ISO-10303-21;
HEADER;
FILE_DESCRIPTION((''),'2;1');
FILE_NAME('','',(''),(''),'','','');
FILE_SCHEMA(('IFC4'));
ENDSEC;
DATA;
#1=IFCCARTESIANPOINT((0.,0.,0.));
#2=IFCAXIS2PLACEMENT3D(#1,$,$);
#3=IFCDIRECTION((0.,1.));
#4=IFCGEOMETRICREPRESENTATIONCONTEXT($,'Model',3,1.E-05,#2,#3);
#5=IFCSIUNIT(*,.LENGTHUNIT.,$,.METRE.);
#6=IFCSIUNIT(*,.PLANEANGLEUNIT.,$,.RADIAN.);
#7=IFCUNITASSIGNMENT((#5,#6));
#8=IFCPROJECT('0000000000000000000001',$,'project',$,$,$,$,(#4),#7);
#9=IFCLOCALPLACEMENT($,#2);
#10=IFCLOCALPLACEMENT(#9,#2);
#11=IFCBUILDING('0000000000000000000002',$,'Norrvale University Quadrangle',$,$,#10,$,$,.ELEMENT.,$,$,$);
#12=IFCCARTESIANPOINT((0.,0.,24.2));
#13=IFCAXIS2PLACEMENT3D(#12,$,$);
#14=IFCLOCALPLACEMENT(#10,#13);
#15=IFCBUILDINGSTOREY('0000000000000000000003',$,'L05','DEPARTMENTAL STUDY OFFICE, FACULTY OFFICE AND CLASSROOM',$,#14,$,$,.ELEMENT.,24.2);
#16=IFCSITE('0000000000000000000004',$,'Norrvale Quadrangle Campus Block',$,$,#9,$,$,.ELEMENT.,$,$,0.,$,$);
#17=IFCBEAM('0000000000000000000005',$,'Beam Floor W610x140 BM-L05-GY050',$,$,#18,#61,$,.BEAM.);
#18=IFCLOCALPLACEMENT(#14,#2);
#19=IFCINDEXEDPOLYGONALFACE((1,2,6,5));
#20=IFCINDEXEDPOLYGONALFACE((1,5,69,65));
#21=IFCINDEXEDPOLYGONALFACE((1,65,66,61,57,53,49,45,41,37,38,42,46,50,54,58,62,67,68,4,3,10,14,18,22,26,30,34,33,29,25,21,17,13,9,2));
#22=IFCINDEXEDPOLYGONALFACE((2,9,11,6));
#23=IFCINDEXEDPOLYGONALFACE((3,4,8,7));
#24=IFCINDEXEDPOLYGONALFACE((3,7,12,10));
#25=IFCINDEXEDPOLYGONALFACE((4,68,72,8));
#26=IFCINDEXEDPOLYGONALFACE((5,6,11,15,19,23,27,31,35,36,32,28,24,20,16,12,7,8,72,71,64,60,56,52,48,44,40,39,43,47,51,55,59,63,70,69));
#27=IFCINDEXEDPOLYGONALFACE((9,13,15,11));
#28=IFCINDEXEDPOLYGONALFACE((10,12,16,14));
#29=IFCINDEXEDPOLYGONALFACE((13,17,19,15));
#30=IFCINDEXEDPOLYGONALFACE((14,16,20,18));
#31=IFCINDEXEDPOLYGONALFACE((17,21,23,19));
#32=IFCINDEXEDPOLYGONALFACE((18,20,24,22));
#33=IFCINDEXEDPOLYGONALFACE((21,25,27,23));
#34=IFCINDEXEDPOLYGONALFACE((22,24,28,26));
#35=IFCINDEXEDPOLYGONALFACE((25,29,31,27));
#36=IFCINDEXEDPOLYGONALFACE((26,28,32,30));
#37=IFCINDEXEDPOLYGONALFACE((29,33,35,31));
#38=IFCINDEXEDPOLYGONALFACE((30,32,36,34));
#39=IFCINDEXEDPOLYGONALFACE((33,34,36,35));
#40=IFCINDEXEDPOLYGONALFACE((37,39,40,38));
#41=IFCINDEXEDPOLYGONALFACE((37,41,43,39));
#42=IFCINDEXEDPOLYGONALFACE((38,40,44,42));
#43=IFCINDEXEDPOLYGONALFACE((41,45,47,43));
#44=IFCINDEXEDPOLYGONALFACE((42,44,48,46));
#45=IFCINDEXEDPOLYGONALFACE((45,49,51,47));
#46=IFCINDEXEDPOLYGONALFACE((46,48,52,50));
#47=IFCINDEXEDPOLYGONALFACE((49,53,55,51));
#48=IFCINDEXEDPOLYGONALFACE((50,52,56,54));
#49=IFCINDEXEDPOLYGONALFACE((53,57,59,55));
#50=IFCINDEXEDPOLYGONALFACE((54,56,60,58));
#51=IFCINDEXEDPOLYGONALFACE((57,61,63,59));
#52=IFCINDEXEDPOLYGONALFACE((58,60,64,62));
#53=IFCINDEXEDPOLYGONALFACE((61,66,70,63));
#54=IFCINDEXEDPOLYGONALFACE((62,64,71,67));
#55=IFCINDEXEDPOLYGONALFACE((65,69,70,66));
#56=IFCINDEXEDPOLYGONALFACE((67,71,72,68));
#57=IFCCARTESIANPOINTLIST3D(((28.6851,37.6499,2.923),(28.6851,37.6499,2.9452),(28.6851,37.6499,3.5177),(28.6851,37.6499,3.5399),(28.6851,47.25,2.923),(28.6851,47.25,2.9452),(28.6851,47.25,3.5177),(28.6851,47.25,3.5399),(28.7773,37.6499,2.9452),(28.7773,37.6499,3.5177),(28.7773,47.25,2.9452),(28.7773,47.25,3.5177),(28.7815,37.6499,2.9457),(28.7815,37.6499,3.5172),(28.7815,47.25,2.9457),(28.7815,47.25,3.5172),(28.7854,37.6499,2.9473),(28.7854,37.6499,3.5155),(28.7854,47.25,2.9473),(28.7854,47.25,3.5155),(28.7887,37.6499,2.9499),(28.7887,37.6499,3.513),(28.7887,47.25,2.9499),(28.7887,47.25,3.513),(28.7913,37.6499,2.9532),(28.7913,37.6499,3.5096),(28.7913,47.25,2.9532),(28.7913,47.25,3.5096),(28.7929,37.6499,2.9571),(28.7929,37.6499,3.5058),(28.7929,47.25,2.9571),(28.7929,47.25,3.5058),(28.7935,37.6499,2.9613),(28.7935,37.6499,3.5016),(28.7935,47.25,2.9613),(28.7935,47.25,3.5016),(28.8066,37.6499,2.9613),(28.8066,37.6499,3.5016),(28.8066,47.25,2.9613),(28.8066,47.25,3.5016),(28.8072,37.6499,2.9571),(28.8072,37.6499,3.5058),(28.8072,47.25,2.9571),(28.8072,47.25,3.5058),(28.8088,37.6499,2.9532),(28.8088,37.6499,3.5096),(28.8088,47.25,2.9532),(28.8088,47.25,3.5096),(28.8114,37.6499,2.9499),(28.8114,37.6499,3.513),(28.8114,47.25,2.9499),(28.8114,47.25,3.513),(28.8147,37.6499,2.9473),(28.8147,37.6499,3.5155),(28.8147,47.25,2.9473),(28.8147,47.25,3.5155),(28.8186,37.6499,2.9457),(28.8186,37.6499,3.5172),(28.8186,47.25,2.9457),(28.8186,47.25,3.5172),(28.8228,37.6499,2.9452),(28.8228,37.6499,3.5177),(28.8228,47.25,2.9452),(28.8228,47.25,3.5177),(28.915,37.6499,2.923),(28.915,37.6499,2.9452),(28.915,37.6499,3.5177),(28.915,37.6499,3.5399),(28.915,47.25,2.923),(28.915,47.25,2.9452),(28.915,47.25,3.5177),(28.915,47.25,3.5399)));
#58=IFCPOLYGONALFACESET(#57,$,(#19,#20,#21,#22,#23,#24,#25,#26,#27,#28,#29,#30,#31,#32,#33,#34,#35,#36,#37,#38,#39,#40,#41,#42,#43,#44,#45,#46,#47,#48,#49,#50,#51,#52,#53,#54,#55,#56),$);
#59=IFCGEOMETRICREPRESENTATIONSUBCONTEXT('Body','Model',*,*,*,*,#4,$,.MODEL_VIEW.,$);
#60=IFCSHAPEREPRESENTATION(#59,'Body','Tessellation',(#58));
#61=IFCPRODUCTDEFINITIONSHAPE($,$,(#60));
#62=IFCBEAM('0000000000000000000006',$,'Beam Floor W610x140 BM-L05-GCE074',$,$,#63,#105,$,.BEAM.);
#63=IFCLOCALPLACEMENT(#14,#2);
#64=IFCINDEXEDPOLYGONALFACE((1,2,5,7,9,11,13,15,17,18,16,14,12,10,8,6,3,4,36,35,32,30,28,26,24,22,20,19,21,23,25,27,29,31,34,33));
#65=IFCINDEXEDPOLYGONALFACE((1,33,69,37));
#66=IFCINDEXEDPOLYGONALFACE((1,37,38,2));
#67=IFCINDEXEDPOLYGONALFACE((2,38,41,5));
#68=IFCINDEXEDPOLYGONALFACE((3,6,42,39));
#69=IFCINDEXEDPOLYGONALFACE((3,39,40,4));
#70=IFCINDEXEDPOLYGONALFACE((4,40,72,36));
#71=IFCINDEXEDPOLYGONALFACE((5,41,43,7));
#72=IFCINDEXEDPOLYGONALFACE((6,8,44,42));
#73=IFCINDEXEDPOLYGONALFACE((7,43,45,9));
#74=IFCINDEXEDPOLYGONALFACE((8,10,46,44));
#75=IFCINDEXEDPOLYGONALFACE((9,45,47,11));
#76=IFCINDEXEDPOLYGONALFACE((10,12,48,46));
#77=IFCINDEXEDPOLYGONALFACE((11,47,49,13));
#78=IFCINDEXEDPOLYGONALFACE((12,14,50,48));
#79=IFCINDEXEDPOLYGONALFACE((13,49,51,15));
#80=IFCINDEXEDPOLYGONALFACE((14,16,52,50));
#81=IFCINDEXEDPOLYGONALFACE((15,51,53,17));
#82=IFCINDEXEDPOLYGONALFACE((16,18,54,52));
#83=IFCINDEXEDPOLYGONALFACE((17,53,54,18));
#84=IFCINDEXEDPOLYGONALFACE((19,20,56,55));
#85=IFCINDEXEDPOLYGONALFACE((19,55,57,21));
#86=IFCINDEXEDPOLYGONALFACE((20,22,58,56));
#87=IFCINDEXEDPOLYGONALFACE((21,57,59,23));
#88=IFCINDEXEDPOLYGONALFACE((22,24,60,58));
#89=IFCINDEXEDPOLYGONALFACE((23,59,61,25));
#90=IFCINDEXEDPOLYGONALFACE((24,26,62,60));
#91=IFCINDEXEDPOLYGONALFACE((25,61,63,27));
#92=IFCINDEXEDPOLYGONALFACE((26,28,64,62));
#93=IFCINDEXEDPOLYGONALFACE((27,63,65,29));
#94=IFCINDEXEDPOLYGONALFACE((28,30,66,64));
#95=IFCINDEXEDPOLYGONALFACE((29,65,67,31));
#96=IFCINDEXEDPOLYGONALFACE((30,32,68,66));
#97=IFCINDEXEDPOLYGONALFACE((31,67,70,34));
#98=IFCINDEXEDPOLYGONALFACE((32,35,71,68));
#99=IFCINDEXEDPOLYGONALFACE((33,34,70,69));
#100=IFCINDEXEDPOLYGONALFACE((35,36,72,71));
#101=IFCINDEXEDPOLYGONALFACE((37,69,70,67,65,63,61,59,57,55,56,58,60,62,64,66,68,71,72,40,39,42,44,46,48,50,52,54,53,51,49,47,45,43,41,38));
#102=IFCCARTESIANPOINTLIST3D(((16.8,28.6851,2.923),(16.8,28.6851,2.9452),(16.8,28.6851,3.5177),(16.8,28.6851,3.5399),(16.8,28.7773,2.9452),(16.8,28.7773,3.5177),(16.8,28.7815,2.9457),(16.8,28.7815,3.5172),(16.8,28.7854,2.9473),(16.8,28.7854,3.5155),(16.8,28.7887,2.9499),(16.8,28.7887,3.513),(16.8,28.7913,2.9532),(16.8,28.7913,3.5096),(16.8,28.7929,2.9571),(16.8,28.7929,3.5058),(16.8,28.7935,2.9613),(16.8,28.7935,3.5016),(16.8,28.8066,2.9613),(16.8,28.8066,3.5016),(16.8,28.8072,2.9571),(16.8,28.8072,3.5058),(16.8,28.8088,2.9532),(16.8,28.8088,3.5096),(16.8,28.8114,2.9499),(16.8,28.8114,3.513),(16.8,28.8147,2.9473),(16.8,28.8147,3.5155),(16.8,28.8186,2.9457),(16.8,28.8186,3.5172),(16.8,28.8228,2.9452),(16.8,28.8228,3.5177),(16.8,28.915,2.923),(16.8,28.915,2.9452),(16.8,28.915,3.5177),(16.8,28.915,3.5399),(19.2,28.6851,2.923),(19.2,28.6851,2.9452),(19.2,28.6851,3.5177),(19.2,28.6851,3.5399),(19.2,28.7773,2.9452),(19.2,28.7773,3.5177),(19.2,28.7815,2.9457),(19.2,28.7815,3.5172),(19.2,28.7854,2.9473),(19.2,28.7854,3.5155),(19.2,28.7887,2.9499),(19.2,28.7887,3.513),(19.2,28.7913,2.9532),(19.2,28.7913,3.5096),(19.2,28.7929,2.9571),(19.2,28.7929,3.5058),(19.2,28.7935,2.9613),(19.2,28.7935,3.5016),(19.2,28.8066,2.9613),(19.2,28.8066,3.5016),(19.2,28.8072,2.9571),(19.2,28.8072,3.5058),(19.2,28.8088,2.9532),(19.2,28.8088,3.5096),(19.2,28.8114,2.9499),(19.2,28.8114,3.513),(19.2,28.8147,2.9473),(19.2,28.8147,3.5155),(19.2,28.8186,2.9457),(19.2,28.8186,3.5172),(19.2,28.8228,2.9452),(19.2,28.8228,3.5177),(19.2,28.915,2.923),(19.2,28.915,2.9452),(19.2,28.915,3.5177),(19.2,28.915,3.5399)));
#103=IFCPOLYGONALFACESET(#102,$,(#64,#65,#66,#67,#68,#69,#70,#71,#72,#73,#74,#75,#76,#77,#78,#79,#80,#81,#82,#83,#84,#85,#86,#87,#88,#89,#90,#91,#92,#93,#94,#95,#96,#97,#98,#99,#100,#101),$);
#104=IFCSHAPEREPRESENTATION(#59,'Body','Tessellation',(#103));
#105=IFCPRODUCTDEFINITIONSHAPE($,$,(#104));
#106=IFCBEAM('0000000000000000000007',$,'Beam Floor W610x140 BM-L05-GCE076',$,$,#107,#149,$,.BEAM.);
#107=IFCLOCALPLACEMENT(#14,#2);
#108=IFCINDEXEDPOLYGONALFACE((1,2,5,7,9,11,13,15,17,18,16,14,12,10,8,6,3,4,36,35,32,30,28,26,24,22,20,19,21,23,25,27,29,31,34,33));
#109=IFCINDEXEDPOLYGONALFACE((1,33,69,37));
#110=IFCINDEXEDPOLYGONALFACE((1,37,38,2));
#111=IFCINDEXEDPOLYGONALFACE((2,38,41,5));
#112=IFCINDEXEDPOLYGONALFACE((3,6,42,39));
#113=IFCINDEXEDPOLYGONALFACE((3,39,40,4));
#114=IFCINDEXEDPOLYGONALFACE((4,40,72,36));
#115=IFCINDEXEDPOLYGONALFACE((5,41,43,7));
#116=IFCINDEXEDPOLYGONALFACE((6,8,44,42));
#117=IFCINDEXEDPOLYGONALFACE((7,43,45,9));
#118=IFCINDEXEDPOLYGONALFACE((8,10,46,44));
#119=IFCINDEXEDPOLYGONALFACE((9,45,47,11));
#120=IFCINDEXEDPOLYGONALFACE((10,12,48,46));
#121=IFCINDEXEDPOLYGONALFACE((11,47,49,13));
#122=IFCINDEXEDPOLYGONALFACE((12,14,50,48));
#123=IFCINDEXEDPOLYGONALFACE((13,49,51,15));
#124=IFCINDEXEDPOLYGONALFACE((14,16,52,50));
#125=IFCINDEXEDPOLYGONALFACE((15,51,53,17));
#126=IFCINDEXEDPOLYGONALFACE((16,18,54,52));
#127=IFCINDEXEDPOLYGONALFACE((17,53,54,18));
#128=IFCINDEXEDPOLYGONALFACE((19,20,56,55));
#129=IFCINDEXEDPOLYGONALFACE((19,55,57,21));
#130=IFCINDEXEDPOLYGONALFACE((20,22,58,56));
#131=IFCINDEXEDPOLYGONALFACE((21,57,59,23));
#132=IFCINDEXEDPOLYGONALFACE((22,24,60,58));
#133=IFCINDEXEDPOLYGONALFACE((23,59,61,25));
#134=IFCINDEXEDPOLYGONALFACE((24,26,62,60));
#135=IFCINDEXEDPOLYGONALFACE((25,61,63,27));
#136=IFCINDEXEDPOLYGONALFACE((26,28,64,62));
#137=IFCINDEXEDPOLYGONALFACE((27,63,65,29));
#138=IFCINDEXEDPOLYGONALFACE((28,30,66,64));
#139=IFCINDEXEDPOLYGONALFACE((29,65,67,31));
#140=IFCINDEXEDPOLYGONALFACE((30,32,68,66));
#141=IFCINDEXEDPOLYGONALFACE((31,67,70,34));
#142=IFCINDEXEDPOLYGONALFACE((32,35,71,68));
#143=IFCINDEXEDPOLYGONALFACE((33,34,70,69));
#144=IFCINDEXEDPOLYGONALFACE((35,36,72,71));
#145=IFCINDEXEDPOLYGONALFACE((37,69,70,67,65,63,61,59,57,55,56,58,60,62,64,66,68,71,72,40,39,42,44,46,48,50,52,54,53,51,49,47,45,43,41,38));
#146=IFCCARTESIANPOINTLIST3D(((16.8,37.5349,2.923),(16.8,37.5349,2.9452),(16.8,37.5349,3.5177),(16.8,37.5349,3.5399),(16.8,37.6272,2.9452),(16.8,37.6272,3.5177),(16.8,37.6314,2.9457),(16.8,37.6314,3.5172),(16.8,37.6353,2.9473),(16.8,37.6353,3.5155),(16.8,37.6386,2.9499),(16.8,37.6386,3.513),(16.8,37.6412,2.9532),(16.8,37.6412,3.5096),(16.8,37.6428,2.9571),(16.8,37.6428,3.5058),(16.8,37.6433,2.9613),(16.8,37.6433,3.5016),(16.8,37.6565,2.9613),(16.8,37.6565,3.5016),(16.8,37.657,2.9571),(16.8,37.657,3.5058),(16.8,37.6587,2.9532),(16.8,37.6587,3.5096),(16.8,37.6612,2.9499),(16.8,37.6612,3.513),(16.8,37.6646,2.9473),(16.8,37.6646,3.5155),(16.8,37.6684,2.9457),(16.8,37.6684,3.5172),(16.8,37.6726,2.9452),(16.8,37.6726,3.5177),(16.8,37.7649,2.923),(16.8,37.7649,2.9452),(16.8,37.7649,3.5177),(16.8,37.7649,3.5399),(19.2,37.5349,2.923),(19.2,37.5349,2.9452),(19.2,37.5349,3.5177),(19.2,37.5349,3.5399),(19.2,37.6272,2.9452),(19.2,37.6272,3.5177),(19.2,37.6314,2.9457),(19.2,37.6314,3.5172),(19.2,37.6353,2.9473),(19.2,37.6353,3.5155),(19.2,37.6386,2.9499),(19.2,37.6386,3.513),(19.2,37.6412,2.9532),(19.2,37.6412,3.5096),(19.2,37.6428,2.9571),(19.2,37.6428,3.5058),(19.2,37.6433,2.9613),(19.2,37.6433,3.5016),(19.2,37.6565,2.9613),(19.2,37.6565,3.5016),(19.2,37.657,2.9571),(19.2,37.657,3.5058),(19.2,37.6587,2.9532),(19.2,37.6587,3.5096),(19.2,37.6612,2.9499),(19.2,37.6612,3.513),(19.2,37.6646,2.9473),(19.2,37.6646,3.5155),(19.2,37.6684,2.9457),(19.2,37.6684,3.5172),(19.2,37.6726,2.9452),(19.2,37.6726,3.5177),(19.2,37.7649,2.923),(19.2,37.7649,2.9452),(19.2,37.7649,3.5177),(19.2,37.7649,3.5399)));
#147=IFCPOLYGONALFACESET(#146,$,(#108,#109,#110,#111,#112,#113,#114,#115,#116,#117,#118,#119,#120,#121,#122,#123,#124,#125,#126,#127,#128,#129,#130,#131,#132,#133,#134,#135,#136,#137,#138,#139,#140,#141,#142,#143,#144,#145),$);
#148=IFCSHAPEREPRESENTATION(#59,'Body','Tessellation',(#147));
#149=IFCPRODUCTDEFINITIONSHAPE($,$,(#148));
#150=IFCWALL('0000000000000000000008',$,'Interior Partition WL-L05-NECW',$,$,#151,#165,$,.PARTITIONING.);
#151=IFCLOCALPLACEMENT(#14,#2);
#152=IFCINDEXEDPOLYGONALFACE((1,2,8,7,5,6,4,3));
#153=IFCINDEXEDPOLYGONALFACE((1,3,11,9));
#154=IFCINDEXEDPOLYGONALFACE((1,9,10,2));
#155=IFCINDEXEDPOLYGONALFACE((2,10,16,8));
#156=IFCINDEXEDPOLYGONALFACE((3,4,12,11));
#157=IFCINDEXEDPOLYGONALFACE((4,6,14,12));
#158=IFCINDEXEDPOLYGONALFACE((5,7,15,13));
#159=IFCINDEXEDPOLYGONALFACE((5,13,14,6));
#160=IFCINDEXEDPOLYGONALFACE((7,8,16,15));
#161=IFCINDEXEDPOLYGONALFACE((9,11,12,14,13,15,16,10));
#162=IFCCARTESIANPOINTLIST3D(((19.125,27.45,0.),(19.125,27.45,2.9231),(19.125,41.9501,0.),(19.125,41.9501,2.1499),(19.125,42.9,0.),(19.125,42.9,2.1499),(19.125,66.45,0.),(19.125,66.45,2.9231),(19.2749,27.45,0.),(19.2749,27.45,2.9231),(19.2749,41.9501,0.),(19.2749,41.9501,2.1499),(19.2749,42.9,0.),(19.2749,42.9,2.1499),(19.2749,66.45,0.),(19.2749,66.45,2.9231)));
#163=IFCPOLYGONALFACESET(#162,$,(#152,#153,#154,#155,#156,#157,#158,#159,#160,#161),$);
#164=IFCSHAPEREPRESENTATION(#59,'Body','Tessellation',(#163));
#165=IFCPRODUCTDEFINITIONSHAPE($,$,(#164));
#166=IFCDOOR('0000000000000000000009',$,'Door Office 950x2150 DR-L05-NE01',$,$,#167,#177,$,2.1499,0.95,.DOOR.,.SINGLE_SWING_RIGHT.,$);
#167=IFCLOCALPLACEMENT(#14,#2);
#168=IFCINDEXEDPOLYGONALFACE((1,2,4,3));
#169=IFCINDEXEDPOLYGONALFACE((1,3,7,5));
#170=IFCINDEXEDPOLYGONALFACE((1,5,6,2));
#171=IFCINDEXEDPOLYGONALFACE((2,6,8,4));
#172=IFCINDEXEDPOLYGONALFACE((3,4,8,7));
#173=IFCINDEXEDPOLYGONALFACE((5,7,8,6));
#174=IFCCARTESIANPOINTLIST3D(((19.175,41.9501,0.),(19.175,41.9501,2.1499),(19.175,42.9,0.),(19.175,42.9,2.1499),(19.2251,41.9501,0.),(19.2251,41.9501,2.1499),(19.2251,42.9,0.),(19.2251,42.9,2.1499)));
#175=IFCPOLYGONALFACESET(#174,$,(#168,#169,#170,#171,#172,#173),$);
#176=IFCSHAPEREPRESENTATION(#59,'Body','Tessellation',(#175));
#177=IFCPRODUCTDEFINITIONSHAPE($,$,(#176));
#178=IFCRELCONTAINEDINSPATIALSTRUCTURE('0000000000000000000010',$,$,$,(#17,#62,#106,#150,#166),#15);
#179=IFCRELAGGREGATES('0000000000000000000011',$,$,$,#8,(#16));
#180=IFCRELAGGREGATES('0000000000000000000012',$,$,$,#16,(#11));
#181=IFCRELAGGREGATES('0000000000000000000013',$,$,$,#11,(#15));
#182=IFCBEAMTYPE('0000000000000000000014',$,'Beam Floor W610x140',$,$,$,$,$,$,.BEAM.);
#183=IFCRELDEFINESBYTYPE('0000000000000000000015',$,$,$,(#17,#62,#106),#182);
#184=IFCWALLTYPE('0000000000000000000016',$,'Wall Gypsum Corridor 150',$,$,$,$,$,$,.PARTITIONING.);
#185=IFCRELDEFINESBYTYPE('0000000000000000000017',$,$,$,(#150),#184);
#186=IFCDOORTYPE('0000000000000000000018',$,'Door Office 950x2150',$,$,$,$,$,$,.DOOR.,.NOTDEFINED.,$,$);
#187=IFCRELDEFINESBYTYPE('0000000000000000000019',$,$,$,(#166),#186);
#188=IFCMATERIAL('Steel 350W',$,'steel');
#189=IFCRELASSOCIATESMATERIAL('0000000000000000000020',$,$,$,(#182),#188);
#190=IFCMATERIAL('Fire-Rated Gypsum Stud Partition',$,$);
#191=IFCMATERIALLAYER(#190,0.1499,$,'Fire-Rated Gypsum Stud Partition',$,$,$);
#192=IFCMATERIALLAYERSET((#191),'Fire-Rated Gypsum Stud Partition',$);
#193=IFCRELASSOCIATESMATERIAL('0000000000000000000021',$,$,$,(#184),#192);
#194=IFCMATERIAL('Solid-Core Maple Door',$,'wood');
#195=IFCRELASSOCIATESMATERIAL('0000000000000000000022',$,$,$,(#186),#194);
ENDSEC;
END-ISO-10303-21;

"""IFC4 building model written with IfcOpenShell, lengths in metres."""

from ifc_helpers import new_model, si_unit, direction, frame, frame_2d, origin, origin_2d, place, context, subcontext, project, spatial, rectangle, i_section, extrude, material, layer, layer_set, material_profile, profile_set, type_object, element, fill, save


model = new_model("IFC4")

# Units and contexts
model_context = context("Model", 3, precision=1e-05, world=origin(), true_north=direction((0.0, 1.0)))
body_context = subcontext(model_context, "Body", "Model", "MODEL_VIEW")
ifc_project = project(units=[si_unit("LENGTHUNIT", "METRE"), si_unit("PLANEANGLEUNIT", "RADIAN")], contexts=[model_context])

# Site, building, storey
site_placement = place(None, origin())
site = spatial("IfcSite", under=ifc_project, at=site_placement, Name="Norrvale Quadrangle Campus Block", CompositionType="ELEMENT", RefElevation=0.0)
building_placement = place(site_placement, origin())
building = spatial("IfcBuilding", under=site, at=building_placement, Name="Norrvale University Quadrangle", CompositionType="ELEMENT")
storey_placement = place(building_placement, frame((0.0, 0.0, 24.2)))
storey = spatial("IfcBuildingStorey", under=building, at=storey_placement, Name="L05", Description="DEPARTMENTAL STUDY OFFICE, FACULTY OFFICE AND CLASSROOM", CompositionType="ELEMENT", Elevation=24.2)

# Beams
ifc_material_1 = material(Name="Steel 350W", Category="steel")
ifc_material_profile_1 = material_profile(ifc_material_1, i_section(OverallWidth=0.23, OverallDepth=0.6169, WebThickness=0.0132, FlangeThickness=0.0222, FilletRadius=0.0161, at=origin_2d()), Name="Steel 350W")
ifc_profile_set_1 = profile_set([ifc_material_profile_1], Name="Steel 350W")
beam_type_1 = type_object("IfcBeamType", Name="Beam Floor W610x140", PredefinedType="BEAM", material=ifc_profile_set_1)
beam_1_placement = place(storey_placement, frame((28.8, 37.6499, 3.2314), z_axis=(0.0, 1.0, 0.0), x_axis=(-1.0, 0.0, 0.0)))
element("IfcBeam", 1, at=beam_1_placement, inside=storey, type_object=beam_type_1, Name="Beam Floor W610x140 BM-L05-GY050", PredefinedType="BEAM", context=body_context, shape_type="SweptSolid", body=[
    extrude(i_section(OverallWidth=0.23, OverallDepth=0.6169, WebThickness=0.0132, FlangeThickness=0.0222, FilletRadius=0.0161, at=origin_2d()), origin(), (0.0, 0.0, 1.0), 9.6001),
])
for number, where, z_axis, x_axis, name in (
    (2, (16.8, 28.8, 3.2314), (1.0, 0.0, 0.0), (0.0, 1.0, 0.0), "Beam Floor W610x140 BM-L05-GCE074"),
    (3, (16.8, 37.6499, 3.2314), (1.0, 0.0, 0.0), (0.0, 1.0, 0.0), "Beam Floor W610x140 BM-L05-GCE076"),
):
    element("IfcBeam", number, at=place(storey_placement, frame(where, z_axis=z_axis, x_axis=x_axis)), inside=storey, type_object=beam_type_1, Name=name, PredefinedType="BEAM", context=body_context, shape_type="SweptSolid", body=[
        extrude(i_section(OverallWidth=0.23, OverallDepth=0.6169, WebThickness=0.0132, FlangeThickness=0.0222, FilletRadius=0.0161, at=origin_2d()), origin(), (0.0, 0.0, 1.0), 2.3999),
    ])

# Wall, opening, door
ifc_material_2 = material(Name="Fire-Rated Gypsum Stud Partition")
ifc_layer_1 = layer(ifc_material_2, 0.1499, Name="Fire-Rated Gypsum Stud Partition")
ifc_layer_set_1 = layer_set([ifc_layer_1], Name="Fire-Rated Gypsum Stud Partition")
wall_type_1 = type_object("IfcWallType", Name="Wall Gypsum Corridor 150", PredefinedType="PARTITIONING", material=ifc_layer_set_1)
wall_1_placement = place(storey_placement, frame((19.2, 27.45, 0.0), z_axis=(0.0, 0.0, 1.0), x_axis=(0.0, 1.0, 0.0)))
wall_1 = element("IfcWall", 4, at=wall_1_placement, inside=storey, type_object=wall_type_1, Name="Interior Partition WL-L05-NECW", PredefinedType="PARTITIONING", context=body_context, shape_type="SweptSolid", body=[
    extrude(rectangle(XDim=39.0, YDim=0.1499, at=frame_2d((19.5, 0.0))), origin(), (0.0, 0.0, 1.0), 2.9231),
])
opening_1_placement = place(wall_1_placement, frame((14.5, 0.0, 0.0)))
opening_1 = element("IfcOpeningElement", 5, at=opening_1_placement, cuts=wall_1, PredefinedType="OPENING", context=body_context, shape_type="SweptSolid", body=[
    extrude(rectangle(XDim=0.95, YDim=2.1499, at=frame_2d((0.4751, 1.075))), frame((0.0, 0.0869, 0.0), z_axis=(0.0, -1.0, 0.0), x_axis=(1.0, 0.0, 0.0)), (0.0, 0.0, 1.0), 0.1738),
])
ifc_material_3 = material(Name="Solid-Core Maple Door", Category="wood")
door_type_1 = type_object("IfcDoorType", Name="Door Office 950x2150", OperationType="NOTDEFINED", PredefinedType="DOOR", material=ifc_material_3)
door_1_placement = place(opening_1_placement, origin())
door_1 = element("IfcDoor", 6, at=door_1_placement, inside=storey, type_object=door_type_1, Name="Door Office 950x2150 DR-L05-NE01", OperationType="SINGLE_SWING_RIGHT", OverallHeight=2.1499, OverallWidth=0.95, PredefinedType="DOOR", context=body_context, shape_type="SweptSolid", body=[
    extrude(rectangle(XDim=0.95, YDim=2.1499, at=frame_2d((0.4751, 1.075))), frame((0.0, 0.0249, 0.0), z_axis=(0.0, -1.0, 0.0), x_axis=(1.0, 0.0, 0.0)), (0.0, 0.0, 1.0), 0.05),
])
fill(opening_1, door_1)

save(model, "model.ifc")
